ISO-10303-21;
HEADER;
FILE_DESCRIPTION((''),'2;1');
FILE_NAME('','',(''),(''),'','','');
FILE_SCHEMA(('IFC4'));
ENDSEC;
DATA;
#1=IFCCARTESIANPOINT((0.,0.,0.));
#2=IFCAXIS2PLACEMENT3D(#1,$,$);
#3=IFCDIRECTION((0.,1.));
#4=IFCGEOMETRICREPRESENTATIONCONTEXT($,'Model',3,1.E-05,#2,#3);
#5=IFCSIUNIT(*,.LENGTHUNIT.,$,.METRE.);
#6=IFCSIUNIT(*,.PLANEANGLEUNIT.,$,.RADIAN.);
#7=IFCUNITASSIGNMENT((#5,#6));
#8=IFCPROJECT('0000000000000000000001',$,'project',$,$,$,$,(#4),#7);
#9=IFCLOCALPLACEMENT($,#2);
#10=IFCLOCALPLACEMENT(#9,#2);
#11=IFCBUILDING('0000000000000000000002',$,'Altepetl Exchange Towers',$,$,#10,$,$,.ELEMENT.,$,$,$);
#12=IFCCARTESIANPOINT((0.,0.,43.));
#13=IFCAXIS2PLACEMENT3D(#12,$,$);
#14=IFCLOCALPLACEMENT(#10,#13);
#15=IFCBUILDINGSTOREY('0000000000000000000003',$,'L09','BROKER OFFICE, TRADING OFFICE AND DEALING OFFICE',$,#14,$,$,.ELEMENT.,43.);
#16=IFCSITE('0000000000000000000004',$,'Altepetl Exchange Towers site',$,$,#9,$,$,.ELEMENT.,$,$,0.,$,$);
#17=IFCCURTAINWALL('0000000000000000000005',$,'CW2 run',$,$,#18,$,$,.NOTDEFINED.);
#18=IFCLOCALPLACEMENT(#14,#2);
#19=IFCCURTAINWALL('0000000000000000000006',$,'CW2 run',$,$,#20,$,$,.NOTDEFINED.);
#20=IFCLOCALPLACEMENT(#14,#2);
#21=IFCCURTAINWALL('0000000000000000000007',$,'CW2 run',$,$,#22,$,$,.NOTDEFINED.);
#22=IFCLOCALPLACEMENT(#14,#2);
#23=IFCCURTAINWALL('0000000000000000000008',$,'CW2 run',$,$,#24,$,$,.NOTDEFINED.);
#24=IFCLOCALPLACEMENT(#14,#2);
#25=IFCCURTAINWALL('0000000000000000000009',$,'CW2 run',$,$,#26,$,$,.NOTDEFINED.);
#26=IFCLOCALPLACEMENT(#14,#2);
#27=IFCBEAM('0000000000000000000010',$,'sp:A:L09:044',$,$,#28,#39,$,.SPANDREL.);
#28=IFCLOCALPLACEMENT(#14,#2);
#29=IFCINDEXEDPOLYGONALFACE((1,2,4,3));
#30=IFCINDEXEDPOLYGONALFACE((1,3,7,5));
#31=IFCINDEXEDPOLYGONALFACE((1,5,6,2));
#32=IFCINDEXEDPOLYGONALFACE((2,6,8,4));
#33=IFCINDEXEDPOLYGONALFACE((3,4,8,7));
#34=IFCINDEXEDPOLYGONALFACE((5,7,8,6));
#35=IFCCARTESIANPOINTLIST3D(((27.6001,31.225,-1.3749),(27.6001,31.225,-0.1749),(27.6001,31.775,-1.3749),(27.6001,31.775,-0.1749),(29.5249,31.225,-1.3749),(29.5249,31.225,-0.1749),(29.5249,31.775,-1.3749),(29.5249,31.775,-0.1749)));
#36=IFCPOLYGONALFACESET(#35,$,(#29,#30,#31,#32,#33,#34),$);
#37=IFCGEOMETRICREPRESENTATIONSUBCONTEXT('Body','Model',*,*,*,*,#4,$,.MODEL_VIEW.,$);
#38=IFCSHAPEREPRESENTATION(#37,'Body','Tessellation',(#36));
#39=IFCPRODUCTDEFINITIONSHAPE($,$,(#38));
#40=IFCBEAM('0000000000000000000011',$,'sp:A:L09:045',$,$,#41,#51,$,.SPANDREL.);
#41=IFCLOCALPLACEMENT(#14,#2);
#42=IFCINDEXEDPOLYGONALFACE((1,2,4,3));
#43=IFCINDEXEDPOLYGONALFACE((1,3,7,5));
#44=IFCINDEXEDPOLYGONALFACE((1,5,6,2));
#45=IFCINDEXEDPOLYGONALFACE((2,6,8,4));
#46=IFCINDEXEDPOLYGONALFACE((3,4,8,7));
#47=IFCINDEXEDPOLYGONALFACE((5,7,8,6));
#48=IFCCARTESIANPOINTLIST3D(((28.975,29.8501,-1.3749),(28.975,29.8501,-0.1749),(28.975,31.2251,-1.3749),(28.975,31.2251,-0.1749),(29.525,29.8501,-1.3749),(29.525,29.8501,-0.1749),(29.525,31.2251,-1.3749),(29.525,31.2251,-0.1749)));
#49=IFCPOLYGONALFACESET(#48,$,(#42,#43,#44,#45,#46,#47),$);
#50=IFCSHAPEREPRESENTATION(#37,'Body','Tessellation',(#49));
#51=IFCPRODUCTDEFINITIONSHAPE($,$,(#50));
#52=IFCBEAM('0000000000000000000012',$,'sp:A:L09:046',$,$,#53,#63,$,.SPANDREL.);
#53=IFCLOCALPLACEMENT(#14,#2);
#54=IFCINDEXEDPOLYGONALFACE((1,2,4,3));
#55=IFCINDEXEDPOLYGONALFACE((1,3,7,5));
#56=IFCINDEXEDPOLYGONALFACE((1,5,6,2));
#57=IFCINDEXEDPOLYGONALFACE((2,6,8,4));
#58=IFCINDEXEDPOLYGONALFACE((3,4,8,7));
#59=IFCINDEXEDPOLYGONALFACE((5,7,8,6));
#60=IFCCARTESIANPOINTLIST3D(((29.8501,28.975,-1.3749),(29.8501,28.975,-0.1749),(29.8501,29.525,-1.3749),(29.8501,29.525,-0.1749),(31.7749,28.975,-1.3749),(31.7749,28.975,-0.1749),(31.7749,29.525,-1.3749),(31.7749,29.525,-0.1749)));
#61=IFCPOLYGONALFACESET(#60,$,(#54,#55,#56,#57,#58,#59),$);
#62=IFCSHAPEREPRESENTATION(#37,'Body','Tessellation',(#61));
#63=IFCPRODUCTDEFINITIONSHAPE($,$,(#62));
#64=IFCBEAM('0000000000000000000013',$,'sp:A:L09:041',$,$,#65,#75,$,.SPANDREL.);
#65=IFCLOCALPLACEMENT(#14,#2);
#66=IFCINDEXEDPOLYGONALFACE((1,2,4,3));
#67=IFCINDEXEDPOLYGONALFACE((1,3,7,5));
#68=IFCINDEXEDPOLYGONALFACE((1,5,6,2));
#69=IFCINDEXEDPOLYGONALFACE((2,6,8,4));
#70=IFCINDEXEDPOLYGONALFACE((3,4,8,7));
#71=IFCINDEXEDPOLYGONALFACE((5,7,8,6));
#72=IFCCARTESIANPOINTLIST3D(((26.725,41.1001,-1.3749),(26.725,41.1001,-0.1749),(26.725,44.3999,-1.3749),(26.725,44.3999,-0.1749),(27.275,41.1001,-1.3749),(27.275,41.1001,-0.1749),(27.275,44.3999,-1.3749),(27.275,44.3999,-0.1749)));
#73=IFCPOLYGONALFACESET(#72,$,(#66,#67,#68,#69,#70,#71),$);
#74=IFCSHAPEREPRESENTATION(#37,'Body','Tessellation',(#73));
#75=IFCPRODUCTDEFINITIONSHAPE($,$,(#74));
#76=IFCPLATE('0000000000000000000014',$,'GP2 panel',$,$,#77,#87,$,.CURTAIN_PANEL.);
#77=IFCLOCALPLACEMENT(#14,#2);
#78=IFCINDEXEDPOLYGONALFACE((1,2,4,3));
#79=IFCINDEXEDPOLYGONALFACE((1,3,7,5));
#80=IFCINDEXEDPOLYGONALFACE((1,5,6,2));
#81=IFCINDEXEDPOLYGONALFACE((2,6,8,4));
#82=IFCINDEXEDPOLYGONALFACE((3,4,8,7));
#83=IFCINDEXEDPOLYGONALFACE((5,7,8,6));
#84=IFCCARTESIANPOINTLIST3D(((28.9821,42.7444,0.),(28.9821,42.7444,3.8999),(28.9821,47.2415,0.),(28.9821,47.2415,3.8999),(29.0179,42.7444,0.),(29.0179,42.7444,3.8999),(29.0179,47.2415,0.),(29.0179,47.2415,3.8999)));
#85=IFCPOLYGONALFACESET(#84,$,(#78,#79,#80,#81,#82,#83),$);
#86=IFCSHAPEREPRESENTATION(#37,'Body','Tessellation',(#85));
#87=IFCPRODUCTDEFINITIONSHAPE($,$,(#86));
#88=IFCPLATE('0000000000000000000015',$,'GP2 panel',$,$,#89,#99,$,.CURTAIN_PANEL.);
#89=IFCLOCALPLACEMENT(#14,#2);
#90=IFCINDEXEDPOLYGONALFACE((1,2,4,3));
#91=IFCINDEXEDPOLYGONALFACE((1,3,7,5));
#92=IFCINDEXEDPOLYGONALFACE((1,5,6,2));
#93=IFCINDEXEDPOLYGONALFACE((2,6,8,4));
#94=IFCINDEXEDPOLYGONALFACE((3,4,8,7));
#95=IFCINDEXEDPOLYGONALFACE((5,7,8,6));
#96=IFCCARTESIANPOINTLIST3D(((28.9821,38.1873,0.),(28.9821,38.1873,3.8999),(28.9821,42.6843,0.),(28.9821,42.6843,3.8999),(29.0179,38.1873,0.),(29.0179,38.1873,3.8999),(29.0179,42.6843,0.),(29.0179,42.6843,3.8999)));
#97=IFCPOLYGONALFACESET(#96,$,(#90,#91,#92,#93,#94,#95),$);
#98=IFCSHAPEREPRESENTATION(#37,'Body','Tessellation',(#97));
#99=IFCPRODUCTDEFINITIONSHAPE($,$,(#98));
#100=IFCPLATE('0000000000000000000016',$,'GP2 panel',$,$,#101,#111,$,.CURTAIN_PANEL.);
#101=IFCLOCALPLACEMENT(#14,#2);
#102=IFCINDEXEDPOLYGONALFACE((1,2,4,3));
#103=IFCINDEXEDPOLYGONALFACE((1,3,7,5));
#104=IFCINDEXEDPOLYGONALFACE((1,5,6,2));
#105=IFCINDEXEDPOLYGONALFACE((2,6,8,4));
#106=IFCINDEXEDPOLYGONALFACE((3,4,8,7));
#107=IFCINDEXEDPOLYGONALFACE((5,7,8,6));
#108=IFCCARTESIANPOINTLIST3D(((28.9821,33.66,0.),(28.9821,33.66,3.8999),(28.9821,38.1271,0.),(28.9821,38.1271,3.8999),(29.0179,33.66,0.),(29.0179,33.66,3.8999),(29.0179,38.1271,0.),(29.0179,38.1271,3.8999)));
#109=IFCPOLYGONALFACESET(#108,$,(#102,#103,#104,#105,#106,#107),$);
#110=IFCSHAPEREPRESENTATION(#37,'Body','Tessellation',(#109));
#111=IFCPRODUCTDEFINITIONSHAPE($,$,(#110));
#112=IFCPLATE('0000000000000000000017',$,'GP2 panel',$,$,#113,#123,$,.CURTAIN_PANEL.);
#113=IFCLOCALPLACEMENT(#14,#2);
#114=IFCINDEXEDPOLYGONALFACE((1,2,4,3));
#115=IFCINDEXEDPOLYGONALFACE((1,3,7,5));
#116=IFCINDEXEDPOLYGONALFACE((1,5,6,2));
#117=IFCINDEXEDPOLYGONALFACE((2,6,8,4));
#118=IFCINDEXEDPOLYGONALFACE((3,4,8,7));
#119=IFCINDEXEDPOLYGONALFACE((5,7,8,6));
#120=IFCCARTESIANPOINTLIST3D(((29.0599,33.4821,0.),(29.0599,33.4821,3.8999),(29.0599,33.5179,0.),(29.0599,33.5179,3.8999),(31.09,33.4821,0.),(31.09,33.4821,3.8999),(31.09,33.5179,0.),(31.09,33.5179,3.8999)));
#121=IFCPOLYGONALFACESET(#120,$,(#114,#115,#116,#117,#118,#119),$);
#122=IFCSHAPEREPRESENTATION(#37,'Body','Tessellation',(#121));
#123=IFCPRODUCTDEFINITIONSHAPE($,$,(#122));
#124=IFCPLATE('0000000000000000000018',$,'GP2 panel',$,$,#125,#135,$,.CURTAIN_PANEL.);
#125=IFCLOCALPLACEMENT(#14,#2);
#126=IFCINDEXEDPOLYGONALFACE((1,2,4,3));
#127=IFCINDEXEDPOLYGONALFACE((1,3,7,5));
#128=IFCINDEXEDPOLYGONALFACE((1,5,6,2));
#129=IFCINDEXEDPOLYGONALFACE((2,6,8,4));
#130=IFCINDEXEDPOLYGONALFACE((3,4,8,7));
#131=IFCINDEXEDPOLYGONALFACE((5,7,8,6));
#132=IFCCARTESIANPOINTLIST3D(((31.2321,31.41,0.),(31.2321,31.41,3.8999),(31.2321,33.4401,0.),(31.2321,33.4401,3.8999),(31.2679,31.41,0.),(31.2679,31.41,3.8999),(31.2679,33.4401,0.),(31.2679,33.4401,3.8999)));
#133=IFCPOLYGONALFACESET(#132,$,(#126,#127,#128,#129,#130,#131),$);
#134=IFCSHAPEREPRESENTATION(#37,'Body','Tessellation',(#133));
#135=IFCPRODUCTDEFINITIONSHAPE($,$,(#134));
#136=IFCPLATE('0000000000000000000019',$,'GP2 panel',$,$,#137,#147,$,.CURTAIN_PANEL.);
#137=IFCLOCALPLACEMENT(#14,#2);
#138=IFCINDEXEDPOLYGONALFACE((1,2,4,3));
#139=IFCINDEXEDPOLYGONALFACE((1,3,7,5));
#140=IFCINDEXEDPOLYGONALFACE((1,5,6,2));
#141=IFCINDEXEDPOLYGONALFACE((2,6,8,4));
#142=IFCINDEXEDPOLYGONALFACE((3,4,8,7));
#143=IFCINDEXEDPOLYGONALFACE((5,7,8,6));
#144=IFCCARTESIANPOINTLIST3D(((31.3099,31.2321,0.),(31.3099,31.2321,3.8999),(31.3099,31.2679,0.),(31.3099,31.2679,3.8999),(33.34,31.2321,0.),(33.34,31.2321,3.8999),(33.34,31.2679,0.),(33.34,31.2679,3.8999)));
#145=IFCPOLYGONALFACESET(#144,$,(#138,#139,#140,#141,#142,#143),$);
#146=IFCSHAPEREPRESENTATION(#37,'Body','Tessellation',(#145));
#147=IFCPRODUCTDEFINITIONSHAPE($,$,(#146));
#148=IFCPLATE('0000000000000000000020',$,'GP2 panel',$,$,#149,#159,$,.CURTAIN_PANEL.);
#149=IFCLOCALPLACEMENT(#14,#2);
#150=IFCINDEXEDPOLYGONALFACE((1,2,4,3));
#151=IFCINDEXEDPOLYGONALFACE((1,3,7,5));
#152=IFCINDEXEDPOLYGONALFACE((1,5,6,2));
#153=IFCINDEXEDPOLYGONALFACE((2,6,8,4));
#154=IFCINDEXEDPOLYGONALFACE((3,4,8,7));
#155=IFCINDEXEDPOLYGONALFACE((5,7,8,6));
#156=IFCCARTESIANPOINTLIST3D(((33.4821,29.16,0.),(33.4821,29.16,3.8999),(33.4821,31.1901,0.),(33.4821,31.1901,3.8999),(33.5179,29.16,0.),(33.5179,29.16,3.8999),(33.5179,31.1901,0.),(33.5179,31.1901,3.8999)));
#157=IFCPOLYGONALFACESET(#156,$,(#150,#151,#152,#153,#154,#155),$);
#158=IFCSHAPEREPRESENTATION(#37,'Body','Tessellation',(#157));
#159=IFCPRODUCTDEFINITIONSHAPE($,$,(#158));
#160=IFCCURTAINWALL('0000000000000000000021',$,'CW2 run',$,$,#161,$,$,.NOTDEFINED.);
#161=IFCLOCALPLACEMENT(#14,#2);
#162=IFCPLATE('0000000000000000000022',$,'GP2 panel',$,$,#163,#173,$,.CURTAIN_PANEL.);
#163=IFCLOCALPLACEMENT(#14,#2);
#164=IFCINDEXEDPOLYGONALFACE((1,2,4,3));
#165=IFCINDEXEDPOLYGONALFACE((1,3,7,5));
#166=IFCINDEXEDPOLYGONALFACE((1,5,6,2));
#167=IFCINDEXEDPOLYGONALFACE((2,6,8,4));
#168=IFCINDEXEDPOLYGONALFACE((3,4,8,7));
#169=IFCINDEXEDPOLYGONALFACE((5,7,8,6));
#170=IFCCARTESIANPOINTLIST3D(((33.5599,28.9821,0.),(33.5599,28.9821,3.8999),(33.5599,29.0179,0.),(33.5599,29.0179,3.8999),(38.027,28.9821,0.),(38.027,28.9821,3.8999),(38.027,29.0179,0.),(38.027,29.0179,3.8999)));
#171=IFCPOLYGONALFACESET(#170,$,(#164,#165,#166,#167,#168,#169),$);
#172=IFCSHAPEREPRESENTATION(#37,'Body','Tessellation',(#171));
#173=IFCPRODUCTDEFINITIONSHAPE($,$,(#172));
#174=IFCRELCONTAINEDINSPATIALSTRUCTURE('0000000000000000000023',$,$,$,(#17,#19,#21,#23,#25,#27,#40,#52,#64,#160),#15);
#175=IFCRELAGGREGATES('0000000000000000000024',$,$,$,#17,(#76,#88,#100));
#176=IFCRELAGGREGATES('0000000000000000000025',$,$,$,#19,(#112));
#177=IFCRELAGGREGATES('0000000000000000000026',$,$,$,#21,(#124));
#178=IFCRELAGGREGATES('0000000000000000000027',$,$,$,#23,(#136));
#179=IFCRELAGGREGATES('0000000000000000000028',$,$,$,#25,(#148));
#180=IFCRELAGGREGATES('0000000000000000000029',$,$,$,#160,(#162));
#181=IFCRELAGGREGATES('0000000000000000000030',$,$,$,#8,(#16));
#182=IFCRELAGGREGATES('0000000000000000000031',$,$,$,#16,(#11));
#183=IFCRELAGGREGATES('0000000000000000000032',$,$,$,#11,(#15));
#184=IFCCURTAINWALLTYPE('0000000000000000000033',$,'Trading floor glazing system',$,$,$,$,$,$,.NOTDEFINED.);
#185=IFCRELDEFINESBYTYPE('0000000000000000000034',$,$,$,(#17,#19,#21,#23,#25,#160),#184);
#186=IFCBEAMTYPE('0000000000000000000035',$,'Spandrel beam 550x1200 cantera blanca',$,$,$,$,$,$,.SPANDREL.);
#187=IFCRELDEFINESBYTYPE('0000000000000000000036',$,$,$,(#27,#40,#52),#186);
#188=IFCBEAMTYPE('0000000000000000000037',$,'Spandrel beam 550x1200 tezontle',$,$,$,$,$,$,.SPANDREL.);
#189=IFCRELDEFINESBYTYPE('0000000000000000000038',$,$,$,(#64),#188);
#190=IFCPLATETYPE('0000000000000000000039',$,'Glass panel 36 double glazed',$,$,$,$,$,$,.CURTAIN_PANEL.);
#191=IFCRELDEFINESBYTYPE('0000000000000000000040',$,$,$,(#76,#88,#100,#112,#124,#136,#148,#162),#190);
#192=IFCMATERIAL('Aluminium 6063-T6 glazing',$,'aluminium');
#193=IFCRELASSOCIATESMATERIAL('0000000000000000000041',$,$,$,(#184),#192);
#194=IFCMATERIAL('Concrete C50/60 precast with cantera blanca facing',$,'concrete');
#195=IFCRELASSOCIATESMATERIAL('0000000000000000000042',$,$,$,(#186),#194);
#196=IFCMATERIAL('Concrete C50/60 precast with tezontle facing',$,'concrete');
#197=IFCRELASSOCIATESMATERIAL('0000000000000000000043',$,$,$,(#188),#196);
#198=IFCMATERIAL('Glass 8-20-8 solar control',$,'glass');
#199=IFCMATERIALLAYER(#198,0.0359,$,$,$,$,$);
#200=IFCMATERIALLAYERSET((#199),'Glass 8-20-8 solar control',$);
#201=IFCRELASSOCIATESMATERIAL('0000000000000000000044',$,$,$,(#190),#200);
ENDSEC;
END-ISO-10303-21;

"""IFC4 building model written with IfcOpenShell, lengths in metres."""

from ifc_helpers import new_model, si_unit, direction, frame, origin, origin_2d, place, context, subcontext, project, spatial, rectangle, extrude, material, layer, layer_set, material_profile, profile_set, type_object, element, aggregate, save


model = new_model("IFC4")

# Units and contexts
model_context = context("Model", 3, precision=1e-05, world=origin(), true_north=direction((0.0, 1.0)))
body_context = subcontext(model_context, "Body", "Model", "MODEL_VIEW")
ifc_project = project(units=[si_unit("LENGTHUNIT", "METRE"), si_unit("PLANEANGLEUNIT", "RADIAN")], contexts=[model_context])

# Site, building, storey
site_placement = place(None, origin())
site = spatial("IfcSite", under=ifc_project, at=site_placement, Name="Altepetl Exchange Towers site", CompositionType="ELEMENT", RefElevation=0.0)
building_placement = place(site_placement, origin())
building = spatial("IfcBuilding", under=site, at=building_placement, Name="Altepetl Exchange Towers", CompositionType="ELEMENT")
storey_placement = place(building_placement, frame((0.0, 0.0, 43.0)))
storey = spatial("IfcBuildingStorey", under=building, at=storey_placement, Name="L09", Description="BROKER OFFICE, TRADING OFFICE AND DEALING OFFICE", CompositionType="ELEMENT", Elevation=43.0)

# Curtain walls
ifc_material_1 = material(Name="Aluminium 6063-T6 glazing", Category="aluminium")
curtain_wall_type = type_object("IfcCurtainWallType", Name="Trading floor glazing system", PredefinedType="NOTDEFINED", material=ifc_material_1)
curtain_wall_1_placement = place(storey_placement, origin())
curtain_wall_1 = element("IfcCurtainWall", 1, at=curtain_wall_1_placement, inside=storey, type_object=curtain_wall_type, Name="CW2 run", PredefinedType="NOTDEFINED")
curtain_wall_2_placement = place(storey_placement, origin())
curtain_wall_2 = element("IfcCurtainWall", 2, at=curtain_wall_2_placement, inside=storey, type_object=curtain_wall_type, Name="CW2 run", PredefinedType="NOTDEFINED")
curtain_wall_3_placement = place(storey_placement, origin())
curtain_wall_3 = element("IfcCurtainWall", 3, at=curtain_wall_3_placement, inside=storey, type_object=curtain_wall_type, Name="CW2 run", PredefinedType="NOTDEFINED")
curtain_wall_4_placement = place(storey_placement, origin())
curtain_wall_4 = element("IfcCurtainWall", 4, at=curtain_wall_4_placement, inside=storey, type_object=curtain_wall_type, Name="CW2 run", PredefinedType="NOTDEFINED")
curtain_wall_5_placement = place(storey_placement, origin())
curtain_wall_5 = element("IfcCurtainWall", 5, at=curtain_wall_5_placement, inside=storey, type_object=curtain_wall_type, Name="CW2 run", PredefinedType="NOTDEFINED")

# Beams
ifc_material_2 = material(Name="Concrete C50/60 precast with cantera blanca facing", Category="concrete")
ifc_material_profile_1 = material_profile(ifc_material_2, rectangle(XDim=0.55, YDim=1.2, at=origin_2d()), Name="550 x 1200")
ifc_profile_set_1 = profile_set([ifc_material_profile_1], Name="Concrete C50/60 precast with cantera blanca facing")
beam_type_1 = type_object("IfcBeamType", Name="Spandrel beam 550x1200 cantera blanca", PredefinedType="SPANDREL", material=ifc_profile_set_1)
beam_1_placement = place(storey_placement, frame((27.6001, 31.5, -0.7749), z_axis=(1.0, 0.0, 0.0), x_axis=(0.0, 1.0, 0.0)))
element("IfcBeam", 6, at=beam_1_placement, inside=storey, type_object=beam_type_1, Name="sp:A:L09:044", PredefinedType="SPANDREL", context=body_context, shape_type="SweptSolid", body=[
    extrude(rectangle(XDim=0.55, YDim=1.2, at=origin_2d()), origin(), (0.0, 0.0, 1.0), 1.9248),
])
beam_2_placement = place(storey_placement, frame((29.25, 31.2251, -0.7749), z_axis=(0.0, -1.0, 0.0), x_axis=(1.0, 0.0, 0.0)))
element("IfcBeam", 7, at=beam_2_placement, inside=storey, type_object=beam_type_1, Name="sp:A:L09:045", PredefinedType="SPANDREL", context=body_context, shape_type="SweptSolid", body=[
    extrude(rectangle(XDim=0.55, YDim=1.2, at=origin_2d()), origin(), (0.0, 0.0, 1.0), 1.375),
])
beam_3_placement = place(storey_placement, frame((29.8501, 29.25, -0.7749), z_axis=(1.0, 0.0, 0.0), x_axis=(0.0, 1.0, 0.0)))
element("IfcBeam", 8, at=beam_3_placement, inside=storey, type_object=beam_type_1, Name="sp:A:L09:046", PredefinedType="SPANDREL", context=body_context, shape_type="SweptSolid", body=[
    extrude(rectangle(XDim=0.55, YDim=1.2, at=origin_2d()), origin(), (0.0, 0.0, 1.0), 1.9248),
])
ifc_material_3 = material(Name="Concrete C50/60 precast with tezontle facing", Category="concrete")
ifc_material_profile_2 = material_profile(ifc_material_3, rectangle(XDim=0.55, YDim=1.2, at=origin_2d()), Name="550 x 1200")
ifc_profile_set_2 = profile_set([ifc_material_profile_2], Name="Concrete C50/60 precast with tezontle facing")
beam_type_2 = type_object("IfcBeamType", Name="Spandrel beam 550x1200 tezontle", PredefinedType="SPANDREL", material=ifc_profile_set_2)
beam_4_placement = place(storey_placement, frame((27.0, 44.3999, -0.7749), z_axis=(0.0, -1.0, 0.0), x_axis=(1.0, 0.0, 0.0)))
element("IfcBeam", 9, at=beam_4_placement, inside=storey, type_object=beam_type_2, Name="sp:A:L09:041", PredefinedType="SPANDREL", context=body_context, shape_type="SweptSolid", body=[
    extrude(rectangle(XDim=0.55, YDim=1.2, at=origin_2d()), origin(), (0.0, 0.0, 1.0), 3.2998),
])

# Plates
ifc_material_4 = material(Name="Glass 8-20-8 solar control", Category="glass")
ifc_layer = layer(ifc_material_4, 0.0359)
ifc_layer_set = layer_set([ifc_layer], Name="Glass 8-20-8 solar control")
plate_type = type_object("IfcPlateType", Name="Glass panel 36 double glazed", PredefinedType="CURTAIN_PANEL", material=ifc_layer_set)
plate_1_placement = place(storey_placement, frame((29.0, 44.9929, 0.0), z_axis=(0.0, 0.0, 1.0), x_axis=(0.0, -1.0, 0.0)))
plate_1 = element("IfcPlate", 10, at=plate_1_placement, type_object=plate_type, Name="GP2 panel", PredefinedType="CURTAIN_PANEL", context=body_context, shape_type="SweptSolid", body=[
    extrude(rectangle(XDim=4.4971, YDim=0.0359, at=origin_2d()), origin(), (0.0, 0.0, 1.0), 3.8999),
])
plate_2_placement = place(storey_placement, frame((29.0, 40.4358, 0.0), z_axis=(0.0, 0.0, 1.0), x_axis=(0.0, -1.0, 0.0)))
plate_2 = element("IfcPlate", 11, at=plate_2_placement, type_object=plate_type, Name="GP2 panel", PredefinedType="CURTAIN_PANEL", context=body_context, shape_type="SweptSolid", body=[
    extrude(rectangle(XDim=4.4971, YDim=0.0359, at=origin_2d()), origin(), (0.0, 0.0, 1.0), 3.8999),
])
plate_3_placement = place(storey_placement, frame((29.0, 35.8936, 0.0), z_axis=(0.0, 0.0, 1.0), x_axis=(0.0, -1.0, 0.0)))
plate_3 = element("IfcPlate", 12, at=plate_3_placement, type_object=plate_type, Name="GP2 panel", PredefinedType="CURTAIN_PANEL", context=body_context, shape_type="SweptSolid", body=[
    extrude(rectangle(XDim=4.467, YDim=0.0359, at=origin_2d()), origin(), (0.0, 0.0, 1.0), 3.8999),
])
aggregate(curtain_wall_1, [plate_1, plate_2, plate_3])
plate_4_placement = place(storey_placement, frame((30.075, 33.5, 0.0)))
plate_4 = element("IfcPlate", 13, at=plate_4_placement, type_object=plate_type, Name="GP2 panel", PredefinedType="CURTAIN_PANEL", context=body_context, shape_type="SweptSolid", body=[
    extrude(rectangle(XDim=2.03, YDim=0.0359, at=origin_2d()), origin(), (0.0, 0.0, 1.0), 3.8999),
])
aggregate(curtain_wall_2, [plate_4])
plate_5_placement = place(storey_placement, frame((31.25, 32.425, 0.0), z_axis=(0.0, 0.0, 1.0), x_axis=(0.0, -1.0, 0.0)))
plate_5 = element("IfcPlate", 14, at=plate_5_placement, type_object=plate_type, Name="GP2 panel", PredefinedType="CURTAIN_PANEL", context=body_context, shape_type="SweptSolid", body=[
    extrude(rectangle(XDim=2.03, YDim=0.0359, at=origin_2d()), origin(), (0.0, 0.0, 1.0), 3.8999),
])
aggregate(curtain_wall_3, [plate_5])
plate_6_placement = place(storey_placement, frame((32.325, 31.25, 0.0)))
plate_6 = element("IfcPlate", 15, at=plate_6_placement, type_object=plate_type, Name="GP2 panel", PredefinedType="CURTAIN_PANEL", context=body_context, shape_type="SweptSolid", body=[
    extrude(rectangle(XDim=2.03, YDim=0.0359, at=origin_2d()), origin(), (0.0, 0.0, 1.0), 3.8999),
])
aggregate(curtain_wall_4, [plate_6])
plate_7_placement = place(storey_placement, frame((33.5, 30.175, 0.0), z_axis=(0.0, 0.0, 1.0), x_axis=(0.0, -1.0, 0.0)))
plate_7 = element("IfcPlate", 16, at=plate_7_placement, type_object=plate_type, Name="GP2 panel", PredefinedType="CURTAIN_PANEL", context=body_context, shape_type="SweptSolid", body=[
    extrude(rectangle(XDim=2.03, YDim=0.0359, at=origin_2d()), origin(), (0.0, 0.0, 1.0), 3.8999),
])
aggregate(curtain_wall_5, [plate_7])

# Curtain wall, plate
curtain_wall_6_placement = place(storey_placement, origin())
curtain_wall_6 = element("IfcCurtainWall", 17, at=curtain_wall_6_placement, inside=storey, type_object=curtain_wall_type, Name="CW2 run", PredefinedType="NOTDEFINED")
plate_8_placement = place(storey_placement, frame((35.7935, 29.0, 0.0)))
plate_8 = element("IfcPlate", 18, at=plate_8_placement, type_object=plate_type, Name="GP2 panel", PredefinedType="CURTAIN_PANEL", context=body_context, shape_type="SweptSolid", body=[
    extrude(rectangle(XDim=4.467, YDim=0.0359, at=origin_2d()), origin(), (0.0, 0.0, 1.0), 3.8999),
])
aggregate(curtain_wall_6, [plate_8])

save(model, "model.ifc")
